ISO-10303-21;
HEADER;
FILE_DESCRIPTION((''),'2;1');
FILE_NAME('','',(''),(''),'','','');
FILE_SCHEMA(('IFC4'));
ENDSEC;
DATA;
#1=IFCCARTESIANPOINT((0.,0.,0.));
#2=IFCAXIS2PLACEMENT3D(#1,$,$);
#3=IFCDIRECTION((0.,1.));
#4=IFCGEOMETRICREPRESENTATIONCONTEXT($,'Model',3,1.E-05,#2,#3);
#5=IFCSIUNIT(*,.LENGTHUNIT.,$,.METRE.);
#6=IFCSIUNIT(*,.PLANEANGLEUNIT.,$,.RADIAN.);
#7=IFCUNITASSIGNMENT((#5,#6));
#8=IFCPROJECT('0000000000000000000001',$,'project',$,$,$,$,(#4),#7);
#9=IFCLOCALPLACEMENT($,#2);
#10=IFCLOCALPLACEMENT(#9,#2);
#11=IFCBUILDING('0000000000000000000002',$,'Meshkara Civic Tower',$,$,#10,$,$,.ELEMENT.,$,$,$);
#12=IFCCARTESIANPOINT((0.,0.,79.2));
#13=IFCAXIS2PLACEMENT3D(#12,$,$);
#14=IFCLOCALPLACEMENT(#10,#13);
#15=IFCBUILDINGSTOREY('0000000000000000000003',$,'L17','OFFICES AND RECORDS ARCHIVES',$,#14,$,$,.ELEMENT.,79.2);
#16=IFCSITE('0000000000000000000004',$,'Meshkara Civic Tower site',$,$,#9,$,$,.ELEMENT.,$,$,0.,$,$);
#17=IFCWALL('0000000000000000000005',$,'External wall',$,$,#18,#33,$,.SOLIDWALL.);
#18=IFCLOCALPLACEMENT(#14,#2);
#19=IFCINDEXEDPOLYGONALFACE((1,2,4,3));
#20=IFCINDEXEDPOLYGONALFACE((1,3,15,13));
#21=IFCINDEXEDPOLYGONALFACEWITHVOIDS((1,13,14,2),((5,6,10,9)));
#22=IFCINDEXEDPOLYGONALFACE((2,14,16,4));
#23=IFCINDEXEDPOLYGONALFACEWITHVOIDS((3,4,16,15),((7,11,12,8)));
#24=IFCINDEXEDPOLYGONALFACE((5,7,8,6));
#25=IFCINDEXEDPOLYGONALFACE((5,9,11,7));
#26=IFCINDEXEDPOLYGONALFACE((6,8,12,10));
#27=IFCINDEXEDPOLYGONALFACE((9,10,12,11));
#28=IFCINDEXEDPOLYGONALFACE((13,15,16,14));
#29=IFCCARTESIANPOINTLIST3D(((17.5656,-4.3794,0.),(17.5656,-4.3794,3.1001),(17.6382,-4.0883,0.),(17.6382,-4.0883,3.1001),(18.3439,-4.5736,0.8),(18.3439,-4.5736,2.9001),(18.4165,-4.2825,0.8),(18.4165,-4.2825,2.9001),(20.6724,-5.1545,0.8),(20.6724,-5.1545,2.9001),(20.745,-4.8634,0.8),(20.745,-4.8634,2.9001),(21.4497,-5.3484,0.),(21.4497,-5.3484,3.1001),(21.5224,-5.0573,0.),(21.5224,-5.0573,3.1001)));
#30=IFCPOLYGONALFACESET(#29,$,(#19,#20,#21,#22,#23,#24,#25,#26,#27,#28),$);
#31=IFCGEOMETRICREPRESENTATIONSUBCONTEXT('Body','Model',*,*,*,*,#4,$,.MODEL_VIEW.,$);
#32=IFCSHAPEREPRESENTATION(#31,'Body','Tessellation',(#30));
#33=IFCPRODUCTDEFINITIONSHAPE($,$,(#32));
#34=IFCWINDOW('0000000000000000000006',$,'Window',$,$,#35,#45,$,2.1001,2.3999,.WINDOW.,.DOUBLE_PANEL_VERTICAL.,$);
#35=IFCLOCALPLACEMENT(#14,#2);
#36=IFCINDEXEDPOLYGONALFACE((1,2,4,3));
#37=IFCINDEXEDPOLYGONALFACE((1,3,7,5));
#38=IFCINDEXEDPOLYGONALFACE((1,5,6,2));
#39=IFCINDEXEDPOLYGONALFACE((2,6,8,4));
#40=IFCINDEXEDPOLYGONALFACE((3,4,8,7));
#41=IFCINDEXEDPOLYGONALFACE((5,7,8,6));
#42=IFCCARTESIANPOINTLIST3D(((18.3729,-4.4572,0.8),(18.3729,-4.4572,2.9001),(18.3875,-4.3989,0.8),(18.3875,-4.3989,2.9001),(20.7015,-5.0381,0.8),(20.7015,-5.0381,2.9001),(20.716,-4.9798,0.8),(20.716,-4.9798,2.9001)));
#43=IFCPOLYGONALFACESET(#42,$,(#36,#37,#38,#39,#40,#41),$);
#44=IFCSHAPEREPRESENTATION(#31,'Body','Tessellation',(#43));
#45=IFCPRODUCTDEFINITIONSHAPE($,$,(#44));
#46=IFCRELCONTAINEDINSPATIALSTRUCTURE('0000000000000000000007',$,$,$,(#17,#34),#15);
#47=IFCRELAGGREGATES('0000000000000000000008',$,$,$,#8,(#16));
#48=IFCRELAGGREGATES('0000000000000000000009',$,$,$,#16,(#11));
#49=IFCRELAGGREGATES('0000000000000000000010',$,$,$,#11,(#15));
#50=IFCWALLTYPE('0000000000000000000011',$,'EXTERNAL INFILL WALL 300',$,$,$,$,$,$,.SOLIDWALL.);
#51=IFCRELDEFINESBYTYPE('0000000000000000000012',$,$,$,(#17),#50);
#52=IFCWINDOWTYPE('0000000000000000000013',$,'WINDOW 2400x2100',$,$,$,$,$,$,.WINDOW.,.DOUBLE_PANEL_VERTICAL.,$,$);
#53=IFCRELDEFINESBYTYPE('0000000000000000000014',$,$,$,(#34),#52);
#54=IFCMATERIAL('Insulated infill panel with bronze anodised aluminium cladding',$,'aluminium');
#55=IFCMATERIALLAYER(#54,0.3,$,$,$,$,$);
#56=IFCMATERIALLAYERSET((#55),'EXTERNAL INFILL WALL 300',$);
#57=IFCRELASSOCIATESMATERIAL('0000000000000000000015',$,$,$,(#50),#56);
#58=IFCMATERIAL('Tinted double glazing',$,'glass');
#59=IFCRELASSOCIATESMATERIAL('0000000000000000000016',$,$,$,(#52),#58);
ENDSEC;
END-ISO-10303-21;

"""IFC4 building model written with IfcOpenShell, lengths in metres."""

from ifc_helpers import new_model, si_unit, direction, frame, frame_2d, origin, place, context, subcontext, project, spatial, rectangle, extrude, material, layer, layer_set, type_object, element, fill, save


model = new_model("IFC4")

# Units and contexts
model_context = context("Model", 3, precision=1e-05, world=origin(), true_north=direction((0.0, 1.0)))
body_context = subcontext(model_context, "Body", "Model", "MODEL_VIEW")
ifc_project = project(units=[si_unit("LENGTHUNIT", "METRE"), si_unit("PLANEANGLEUNIT", "RADIAN")], contexts=[model_context])

# Site, building, storey
site_placement = place(None, origin())
site = spatial("IfcSite", under=ifc_project, at=site_placement, Name="Meshkara Civic Tower site", CompositionType="ELEMENT", RefElevation=0.0)
building_placement = place(site_placement, origin())
building = spatial("IfcBuilding", under=site, at=building_placement, Name="Meshkara Civic Tower", CompositionType="ELEMENT")
storey_placement = place(building_placement, frame((0.0, 0.0, 79.2)))
storey = spatial("IfcBuildingStorey", under=building, at=storey_placement, Name="L17", Description="OFFICES AND RECORDS ARCHIVES", CompositionType="ELEMENT", Elevation=79.2)

# Wall, opening, window
ifc_material_1 = material(Name="Insulated infill panel with bronze anodised aluminium cladding", Category="aluminium")
ifc_layer = layer(ifc_material_1, 0.3)
ifc_layer_set = layer_set([ifc_layer], Name="EXTERNAL INFILL WALL 300")
wall_type = type_object("IfcWallType", Name="EXTERNAL INFILL WALL 300", PredefinedType="SOLIDWALL", material=ifc_layer_set)
ifc_material_2 = material(Name="Tinted double glazing", Category="glass")
window_type = type_object("IfcWindowType", Name="WINDOW 2400x2100", PartitioningType="DOUBLE_PANEL_VERTICAL", PredefinedType="WINDOW", material=ifc_material_2)
wall_1_placement = place(storey_placement, frame((17.6021, -4.2339, 0.0), z_axis=(0.0, 0.0, 1.0), x_axis=(0.970261, -0.242062, 0.0)))
wall_1 = element("IfcWall", 1, at=wall_1_placement, inside=storey, type_object=wall_type, Name="External wall", PredefinedType="SOLIDWALL", context=body_context, shape_type="SweptSolid", body=[
    extrude(rectangle(XDim=4.0032, YDim=0.3, at=frame_2d((2.0015, 0.0))), origin(), (0.0, 0.0, 1.0), 3.1001),
])
opening_1_placement = place(wall_1_placement, frame((0.802, 0.0, 0.8)))
opening_1 = element("IfcOpeningElement", 2, at=opening_1_placement, cuts=wall_1, PredefinedType="OPENING", context=body_context, shape_type="SweptSolid", body=[
    extrude(rectangle(XDim=2.3999, YDim=2.1001, at=frame_2d((1.2, 1.05))), frame((0.0, 0.1599, 0.0), z_axis=(0.0, -1.0, 0.0), x_axis=(1.0, 0.0, 0.0)), (0.0, 0.0, 1.0), 0.3201),
])
window_1_placement = place(opening_1_placement, origin())
window_1 = element("IfcWindow", 3, at=window_1_placement, inside=storey, type_object=window_type, Name="Window", OverallHeight=2.1001, OverallWidth=2.3999, PartitioningType="DOUBLE_PANEL_VERTICAL", PredefinedType="WINDOW", context=body_context, shape_type="SweptSolid", body=[
    extrude(rectangle(XDim=2.3999, YDim=2.1001, at=frame_2d((1.2, 1.05))), frame((0.0, 0.03, 0.0), z_axis=(0.0, -1.0, 0.0), x_axis=(1.0, 0.0, 0.0)), (0.0, 0.0, 1.0), 0.0601),
])
fill(opening_1, window_1)

save(model, "model.ifc")
